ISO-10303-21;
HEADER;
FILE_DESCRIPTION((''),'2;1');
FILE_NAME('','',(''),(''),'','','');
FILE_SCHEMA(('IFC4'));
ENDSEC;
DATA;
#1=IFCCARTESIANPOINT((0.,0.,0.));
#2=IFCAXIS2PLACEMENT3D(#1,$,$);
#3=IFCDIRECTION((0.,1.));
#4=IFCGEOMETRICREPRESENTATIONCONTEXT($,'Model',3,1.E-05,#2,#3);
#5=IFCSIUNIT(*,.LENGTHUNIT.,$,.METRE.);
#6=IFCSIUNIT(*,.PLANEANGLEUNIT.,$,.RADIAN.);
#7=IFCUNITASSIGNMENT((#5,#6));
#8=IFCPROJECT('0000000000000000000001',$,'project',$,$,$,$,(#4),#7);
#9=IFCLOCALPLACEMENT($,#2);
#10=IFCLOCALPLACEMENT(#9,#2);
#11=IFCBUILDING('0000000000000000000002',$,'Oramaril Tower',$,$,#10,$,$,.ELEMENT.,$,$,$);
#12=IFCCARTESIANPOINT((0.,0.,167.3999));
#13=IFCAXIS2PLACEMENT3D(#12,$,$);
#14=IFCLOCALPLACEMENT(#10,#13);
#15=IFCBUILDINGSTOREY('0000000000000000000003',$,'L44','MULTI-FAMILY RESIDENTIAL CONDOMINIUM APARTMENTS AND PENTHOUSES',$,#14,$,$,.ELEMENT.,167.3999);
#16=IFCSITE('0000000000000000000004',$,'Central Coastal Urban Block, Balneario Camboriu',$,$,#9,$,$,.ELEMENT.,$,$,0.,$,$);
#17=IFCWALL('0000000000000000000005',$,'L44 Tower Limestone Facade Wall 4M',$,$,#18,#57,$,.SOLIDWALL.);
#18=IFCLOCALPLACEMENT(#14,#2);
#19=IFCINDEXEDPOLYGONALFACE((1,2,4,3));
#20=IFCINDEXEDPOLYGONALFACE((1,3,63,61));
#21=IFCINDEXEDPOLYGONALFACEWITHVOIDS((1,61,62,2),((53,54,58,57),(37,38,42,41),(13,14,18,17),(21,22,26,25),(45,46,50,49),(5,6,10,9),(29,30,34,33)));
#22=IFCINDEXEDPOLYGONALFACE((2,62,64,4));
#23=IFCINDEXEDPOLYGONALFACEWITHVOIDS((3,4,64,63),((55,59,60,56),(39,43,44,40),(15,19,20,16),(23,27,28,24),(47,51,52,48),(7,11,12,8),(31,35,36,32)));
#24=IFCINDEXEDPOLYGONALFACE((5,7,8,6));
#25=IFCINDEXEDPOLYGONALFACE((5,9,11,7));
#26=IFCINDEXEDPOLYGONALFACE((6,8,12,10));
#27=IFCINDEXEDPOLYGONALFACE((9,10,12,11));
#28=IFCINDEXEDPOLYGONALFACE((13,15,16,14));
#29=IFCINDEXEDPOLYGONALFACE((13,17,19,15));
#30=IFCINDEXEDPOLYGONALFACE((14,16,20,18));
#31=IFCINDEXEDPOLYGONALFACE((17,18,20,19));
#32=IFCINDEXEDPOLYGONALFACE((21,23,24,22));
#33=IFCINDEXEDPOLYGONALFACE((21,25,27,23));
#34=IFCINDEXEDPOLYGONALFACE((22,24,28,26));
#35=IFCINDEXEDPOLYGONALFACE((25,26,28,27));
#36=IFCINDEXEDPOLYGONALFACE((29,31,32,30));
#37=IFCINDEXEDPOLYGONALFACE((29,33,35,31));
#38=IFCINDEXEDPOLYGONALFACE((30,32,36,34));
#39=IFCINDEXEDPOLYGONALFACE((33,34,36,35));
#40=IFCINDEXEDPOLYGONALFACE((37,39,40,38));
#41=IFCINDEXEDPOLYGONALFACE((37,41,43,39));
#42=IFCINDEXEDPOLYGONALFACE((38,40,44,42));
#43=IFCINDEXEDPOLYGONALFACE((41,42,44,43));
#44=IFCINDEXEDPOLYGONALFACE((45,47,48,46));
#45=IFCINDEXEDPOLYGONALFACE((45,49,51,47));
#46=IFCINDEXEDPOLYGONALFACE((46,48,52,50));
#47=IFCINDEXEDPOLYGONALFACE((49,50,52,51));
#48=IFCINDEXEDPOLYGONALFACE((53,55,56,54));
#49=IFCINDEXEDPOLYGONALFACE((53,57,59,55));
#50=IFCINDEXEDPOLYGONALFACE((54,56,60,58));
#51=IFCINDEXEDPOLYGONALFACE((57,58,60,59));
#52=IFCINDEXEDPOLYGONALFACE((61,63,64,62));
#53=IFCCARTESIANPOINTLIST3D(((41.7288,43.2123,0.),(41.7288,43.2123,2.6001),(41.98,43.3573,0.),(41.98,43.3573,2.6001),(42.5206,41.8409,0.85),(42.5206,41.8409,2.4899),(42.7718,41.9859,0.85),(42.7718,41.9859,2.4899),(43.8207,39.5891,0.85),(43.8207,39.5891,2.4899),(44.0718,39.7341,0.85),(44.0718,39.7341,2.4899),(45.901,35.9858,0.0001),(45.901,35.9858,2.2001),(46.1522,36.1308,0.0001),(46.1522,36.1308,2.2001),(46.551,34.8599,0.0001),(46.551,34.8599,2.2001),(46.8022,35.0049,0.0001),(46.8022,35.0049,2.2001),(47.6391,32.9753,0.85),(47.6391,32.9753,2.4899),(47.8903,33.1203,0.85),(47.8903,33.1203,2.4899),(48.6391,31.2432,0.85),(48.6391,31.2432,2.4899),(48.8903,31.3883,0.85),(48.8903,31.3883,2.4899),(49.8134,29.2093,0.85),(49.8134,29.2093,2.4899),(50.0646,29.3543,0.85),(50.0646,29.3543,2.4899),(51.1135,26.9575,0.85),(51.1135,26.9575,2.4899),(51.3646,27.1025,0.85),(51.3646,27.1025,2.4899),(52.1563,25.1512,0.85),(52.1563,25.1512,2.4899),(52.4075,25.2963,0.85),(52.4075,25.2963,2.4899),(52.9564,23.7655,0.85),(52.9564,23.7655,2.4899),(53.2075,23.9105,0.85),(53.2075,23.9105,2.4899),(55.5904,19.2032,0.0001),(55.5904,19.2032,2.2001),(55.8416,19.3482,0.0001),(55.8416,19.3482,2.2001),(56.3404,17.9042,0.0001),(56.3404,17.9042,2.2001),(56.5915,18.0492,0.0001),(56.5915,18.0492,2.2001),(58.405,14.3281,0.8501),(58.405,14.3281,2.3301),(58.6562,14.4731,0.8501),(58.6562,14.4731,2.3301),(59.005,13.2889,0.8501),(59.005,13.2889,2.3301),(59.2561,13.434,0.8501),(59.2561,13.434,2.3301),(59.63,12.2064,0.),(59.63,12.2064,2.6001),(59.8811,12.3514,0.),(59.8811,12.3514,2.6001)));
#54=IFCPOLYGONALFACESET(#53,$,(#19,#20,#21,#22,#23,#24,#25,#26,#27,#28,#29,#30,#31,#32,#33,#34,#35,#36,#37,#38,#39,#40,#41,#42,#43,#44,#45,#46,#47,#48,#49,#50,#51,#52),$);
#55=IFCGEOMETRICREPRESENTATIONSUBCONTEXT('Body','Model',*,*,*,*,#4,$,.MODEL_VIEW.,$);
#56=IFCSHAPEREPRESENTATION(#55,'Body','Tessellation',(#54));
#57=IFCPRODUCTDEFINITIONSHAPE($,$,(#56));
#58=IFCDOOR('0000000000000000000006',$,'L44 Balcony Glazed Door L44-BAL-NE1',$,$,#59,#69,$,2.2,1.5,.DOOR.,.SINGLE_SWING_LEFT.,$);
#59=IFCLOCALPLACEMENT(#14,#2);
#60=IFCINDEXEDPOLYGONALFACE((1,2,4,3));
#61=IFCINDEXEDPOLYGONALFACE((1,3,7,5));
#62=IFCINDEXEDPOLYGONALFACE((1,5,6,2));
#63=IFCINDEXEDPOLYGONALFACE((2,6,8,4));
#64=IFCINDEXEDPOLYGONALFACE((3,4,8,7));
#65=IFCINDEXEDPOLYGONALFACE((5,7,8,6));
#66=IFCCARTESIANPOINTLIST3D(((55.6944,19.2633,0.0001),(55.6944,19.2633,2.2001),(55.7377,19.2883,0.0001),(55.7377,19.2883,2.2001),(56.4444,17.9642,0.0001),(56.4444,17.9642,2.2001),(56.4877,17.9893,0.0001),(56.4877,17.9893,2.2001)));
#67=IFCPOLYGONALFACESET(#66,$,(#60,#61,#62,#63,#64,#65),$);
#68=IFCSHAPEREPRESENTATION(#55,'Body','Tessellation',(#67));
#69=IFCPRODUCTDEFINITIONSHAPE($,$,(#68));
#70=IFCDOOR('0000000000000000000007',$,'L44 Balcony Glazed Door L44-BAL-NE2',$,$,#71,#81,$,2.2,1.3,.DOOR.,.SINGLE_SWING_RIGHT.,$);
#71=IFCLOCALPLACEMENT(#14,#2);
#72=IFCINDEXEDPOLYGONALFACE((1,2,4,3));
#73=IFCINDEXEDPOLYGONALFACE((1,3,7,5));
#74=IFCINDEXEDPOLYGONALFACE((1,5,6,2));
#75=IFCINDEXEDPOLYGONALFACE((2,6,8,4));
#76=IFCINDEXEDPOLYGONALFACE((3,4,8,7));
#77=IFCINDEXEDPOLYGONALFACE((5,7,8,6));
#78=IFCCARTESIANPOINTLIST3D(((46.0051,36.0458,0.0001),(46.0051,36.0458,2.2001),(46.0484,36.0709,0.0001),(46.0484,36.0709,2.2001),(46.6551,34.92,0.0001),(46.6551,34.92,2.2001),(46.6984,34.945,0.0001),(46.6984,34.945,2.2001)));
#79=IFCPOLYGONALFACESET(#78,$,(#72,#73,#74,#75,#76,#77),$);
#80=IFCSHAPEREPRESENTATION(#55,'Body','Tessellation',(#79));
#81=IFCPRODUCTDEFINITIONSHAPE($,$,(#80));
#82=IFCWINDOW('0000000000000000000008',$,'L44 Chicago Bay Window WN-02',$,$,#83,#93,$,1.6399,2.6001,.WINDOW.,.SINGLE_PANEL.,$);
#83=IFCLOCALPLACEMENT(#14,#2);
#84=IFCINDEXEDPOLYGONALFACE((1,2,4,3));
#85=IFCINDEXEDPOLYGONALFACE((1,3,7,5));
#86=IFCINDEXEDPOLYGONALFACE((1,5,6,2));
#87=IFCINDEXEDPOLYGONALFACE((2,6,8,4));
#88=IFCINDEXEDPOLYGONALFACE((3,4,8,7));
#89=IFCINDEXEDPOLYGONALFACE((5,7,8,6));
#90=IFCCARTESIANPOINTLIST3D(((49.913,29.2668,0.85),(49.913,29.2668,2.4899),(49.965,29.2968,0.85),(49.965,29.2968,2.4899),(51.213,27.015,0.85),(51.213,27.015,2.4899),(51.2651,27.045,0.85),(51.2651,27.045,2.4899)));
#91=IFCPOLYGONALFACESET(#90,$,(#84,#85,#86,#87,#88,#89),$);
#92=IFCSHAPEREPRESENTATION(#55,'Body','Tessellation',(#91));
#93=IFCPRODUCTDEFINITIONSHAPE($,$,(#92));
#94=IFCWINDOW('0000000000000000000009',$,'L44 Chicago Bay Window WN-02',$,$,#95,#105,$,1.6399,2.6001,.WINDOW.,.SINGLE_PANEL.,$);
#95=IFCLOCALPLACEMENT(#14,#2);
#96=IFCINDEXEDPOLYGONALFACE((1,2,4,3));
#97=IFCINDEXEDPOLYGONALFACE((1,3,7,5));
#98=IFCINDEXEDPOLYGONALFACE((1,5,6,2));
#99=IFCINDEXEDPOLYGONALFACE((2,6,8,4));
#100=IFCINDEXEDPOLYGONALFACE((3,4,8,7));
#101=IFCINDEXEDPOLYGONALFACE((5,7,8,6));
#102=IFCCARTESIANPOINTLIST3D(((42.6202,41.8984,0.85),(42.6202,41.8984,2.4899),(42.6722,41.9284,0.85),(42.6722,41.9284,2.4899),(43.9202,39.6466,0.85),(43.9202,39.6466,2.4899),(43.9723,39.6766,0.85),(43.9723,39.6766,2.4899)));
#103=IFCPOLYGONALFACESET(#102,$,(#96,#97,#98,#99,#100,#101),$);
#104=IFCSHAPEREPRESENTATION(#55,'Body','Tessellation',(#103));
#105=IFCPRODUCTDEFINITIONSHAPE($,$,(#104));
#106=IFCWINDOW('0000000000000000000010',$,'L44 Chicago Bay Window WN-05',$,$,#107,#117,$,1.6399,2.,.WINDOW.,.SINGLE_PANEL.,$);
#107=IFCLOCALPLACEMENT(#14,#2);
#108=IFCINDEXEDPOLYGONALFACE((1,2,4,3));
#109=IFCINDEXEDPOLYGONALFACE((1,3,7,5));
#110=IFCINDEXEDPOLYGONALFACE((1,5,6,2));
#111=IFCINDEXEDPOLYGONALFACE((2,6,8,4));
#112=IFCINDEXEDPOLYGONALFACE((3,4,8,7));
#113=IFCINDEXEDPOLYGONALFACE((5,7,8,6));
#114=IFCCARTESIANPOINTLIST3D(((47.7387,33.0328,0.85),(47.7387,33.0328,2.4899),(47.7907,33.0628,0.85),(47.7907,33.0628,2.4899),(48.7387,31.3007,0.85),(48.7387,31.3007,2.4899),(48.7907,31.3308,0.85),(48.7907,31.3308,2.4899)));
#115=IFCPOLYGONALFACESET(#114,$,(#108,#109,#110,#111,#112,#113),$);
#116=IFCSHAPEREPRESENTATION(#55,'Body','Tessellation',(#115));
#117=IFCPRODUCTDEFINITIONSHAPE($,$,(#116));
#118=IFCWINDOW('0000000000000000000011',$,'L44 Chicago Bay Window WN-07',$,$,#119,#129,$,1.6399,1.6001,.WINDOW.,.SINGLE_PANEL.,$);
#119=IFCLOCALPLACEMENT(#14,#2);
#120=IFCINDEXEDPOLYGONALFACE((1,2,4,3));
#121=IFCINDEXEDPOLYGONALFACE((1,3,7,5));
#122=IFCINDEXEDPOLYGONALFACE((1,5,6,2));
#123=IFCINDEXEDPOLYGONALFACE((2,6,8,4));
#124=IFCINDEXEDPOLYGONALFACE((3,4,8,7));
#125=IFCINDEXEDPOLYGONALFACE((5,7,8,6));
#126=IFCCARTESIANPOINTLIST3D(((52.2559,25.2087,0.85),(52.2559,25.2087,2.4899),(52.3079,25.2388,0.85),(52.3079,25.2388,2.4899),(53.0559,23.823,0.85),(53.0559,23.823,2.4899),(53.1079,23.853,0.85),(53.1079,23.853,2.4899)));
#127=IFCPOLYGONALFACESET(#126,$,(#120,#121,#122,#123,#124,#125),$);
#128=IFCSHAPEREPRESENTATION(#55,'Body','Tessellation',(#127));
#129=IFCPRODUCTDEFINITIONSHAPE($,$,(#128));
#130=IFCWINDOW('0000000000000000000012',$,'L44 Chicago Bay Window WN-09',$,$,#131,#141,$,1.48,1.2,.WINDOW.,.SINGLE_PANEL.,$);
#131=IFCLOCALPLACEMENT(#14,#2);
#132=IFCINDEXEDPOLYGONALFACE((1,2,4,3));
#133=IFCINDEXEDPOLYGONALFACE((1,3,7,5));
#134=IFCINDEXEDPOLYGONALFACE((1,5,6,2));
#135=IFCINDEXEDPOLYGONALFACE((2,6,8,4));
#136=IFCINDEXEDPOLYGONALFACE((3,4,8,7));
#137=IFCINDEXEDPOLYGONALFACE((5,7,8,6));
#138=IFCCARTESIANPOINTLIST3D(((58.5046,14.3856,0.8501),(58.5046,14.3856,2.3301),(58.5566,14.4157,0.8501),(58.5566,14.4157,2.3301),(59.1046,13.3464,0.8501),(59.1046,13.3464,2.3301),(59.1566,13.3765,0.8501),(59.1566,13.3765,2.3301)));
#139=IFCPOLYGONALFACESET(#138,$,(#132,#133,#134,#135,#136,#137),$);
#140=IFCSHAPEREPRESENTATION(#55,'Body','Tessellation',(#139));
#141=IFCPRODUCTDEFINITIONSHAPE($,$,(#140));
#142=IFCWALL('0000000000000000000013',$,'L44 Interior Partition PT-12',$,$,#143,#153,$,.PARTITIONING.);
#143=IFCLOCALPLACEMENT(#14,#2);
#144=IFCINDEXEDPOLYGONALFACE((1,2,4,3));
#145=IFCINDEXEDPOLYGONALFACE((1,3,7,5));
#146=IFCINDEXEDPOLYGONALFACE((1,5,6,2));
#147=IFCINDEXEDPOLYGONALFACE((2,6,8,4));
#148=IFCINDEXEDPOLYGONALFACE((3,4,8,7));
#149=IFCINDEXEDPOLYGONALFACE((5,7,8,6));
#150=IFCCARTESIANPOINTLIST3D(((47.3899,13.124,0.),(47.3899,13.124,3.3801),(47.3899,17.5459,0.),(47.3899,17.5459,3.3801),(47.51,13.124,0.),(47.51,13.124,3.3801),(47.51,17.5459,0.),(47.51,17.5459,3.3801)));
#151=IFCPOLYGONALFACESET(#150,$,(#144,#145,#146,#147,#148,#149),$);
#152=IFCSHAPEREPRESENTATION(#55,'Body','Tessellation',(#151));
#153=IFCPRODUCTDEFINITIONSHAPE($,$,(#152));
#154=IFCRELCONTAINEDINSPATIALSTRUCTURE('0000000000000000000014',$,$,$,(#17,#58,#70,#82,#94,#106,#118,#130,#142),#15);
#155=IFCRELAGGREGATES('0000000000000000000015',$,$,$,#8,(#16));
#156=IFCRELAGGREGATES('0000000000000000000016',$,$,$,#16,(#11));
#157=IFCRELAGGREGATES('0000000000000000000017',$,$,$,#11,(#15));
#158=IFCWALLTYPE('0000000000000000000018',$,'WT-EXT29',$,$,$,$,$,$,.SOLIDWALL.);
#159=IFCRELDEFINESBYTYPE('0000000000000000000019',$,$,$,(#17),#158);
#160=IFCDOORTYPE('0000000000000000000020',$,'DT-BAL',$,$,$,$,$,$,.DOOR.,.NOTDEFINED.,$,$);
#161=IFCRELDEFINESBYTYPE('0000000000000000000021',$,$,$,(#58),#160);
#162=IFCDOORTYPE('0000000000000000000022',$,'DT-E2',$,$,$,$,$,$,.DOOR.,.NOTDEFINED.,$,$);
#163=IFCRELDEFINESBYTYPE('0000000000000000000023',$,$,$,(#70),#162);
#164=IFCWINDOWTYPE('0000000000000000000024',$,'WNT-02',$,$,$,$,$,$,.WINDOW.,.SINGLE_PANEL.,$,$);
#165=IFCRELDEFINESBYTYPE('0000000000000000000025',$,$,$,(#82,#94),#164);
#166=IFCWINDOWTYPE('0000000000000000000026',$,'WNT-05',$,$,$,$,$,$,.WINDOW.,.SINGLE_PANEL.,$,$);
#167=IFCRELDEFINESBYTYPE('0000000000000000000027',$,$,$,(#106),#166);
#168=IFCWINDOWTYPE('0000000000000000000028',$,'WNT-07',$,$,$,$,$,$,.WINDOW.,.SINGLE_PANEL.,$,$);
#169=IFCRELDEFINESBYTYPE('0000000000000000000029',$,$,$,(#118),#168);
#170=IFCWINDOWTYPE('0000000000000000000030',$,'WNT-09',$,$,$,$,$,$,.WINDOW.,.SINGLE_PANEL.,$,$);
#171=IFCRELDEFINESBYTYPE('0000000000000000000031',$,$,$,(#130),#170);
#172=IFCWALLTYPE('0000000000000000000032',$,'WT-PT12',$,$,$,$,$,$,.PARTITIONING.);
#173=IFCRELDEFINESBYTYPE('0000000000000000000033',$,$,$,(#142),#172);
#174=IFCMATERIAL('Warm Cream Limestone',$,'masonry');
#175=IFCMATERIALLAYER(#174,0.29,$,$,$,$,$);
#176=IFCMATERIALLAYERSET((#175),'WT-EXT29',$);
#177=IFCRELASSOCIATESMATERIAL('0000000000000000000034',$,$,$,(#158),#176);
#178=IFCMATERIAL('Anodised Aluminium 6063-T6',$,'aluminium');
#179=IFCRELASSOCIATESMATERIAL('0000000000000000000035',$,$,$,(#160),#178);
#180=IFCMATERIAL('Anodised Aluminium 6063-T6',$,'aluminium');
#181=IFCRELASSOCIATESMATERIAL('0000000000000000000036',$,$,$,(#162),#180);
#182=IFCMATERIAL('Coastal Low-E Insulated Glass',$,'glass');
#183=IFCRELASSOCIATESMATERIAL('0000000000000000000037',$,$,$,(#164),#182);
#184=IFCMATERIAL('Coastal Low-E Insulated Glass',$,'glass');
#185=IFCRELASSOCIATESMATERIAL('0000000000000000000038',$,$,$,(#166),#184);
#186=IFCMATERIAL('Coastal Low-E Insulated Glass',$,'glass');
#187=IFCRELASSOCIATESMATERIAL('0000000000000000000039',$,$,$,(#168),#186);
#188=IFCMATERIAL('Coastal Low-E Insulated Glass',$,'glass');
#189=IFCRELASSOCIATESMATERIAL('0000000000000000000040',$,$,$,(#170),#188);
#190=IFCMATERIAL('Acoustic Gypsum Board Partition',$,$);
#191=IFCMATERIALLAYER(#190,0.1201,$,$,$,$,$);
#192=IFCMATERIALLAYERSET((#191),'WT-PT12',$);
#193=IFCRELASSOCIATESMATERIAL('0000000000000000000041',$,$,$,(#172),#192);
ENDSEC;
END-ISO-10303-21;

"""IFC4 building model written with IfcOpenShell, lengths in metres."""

from ifc_helpers import new_model, si_unit, direction, frame, frame_2d, origin, place, context, subcontext, project, spatial, rectangle, extrude, material, layer, layer_set, type_object, element, fill, save


model = new_model("IFC4")

# Units and contexts
model_context = context("Model", 3, precision=1e-05, world=origin(), true_north=direction((0.0, 1.0)))
body_context = subcontext(model_context, "Body", "Model", "MODEL_VIEW")
ifc_project = project(units=[si_unit("LENGTHUNIT", "METRE"), si_unit("PLANEANGLEUNIT", "RADIAN")], contexts=[model_context])

# Site, building, storey
site_placement = place(None, origin())
site = spatial("IfcSite", under=ifc_project, at=site_placement, Name="Central Coastal Urban Block, Balneario Camboriu", CompositionType="ELEMENT", RefElevation=0.0)
building_placement = place(site_placement, origin())
building = spatial("IfcBuilding", under=site, at=building_placement, Name="Oramaril Tower", CompositionType="ELEMENT")
storey_placement = place(building_placement, frame((0.0, 0.0, 167.3999)))
storey = spatial("IfcBuildingStorey", under=building, at=storey_placement, Name="L44", Description="MULTI-FAMILY RESIDENTIAL CONDOMINIUM APARTMENTS AND PENTHOUSES", CompositionType="ELEMENT", Elevation=167.3999)

# Wall, openings, doors, windows
ifc_material_1 = material(Name="Warm Cream Limestone", Category="masonry")
ifc_layer_1 = layer(ifc_material_1, 0.29)
ifc_layer_set_1 = layer_set([ifc_layer_1], Name="WT-EXT29")
wall_type_1 = type_object("IfcWallType", Name="WT-EXT29", PredefinedType="SOLIDWALL", material=ifc_layer_set_1)
wall_1_placement = place(storey_placement, frame((59.7556, 12.2788, 0.0), z_axis=(0.0, 0.0, 1.0), x_axis=(-0.499998, 0.866027, 0.0)))
wall_1 = element("IfcWall", 1, at=wall_1_placement, inside=storey, type_object=wall_type_1, Name="L44 Tower Limestone Facade Wall 4M", PredefinedType="SOLIDWALL", context=body_context, shape_type="SweptSolid", body=[
    extrude(rectangle(XDim=35.8025, YDim=0.29, at=frame_2d((17.9014, 0.0))), origin(), (0.0, 0.0, 1.0), 2.6001),
])
opening_1_placement = place(wall_1_placement, frame((6.5793, 0.0, 0.0)))
opening_1 = element("IfcOpeningElement", 2, at=opening_1_placement, cuts=wall_1, PredefinedType="OPENING", context=body_context, shape_type="SweptSolid", body=[
    extrude(rectangle(XDim=1.5, YDim=2.2, at=frame_2d((0.75, 1.1001))), frame((0.0, 0.145, 0.0), z_axis=(0.0, -1.0, 0.0), x_axis=(1.0, 0.0, 0.0)), (0.0, 0.0, 1.0), 0.29),
])
opening_2_placement = place(wall_1_placement, frame((26.1582, 0.0, 0.0)))
opening_2 = element("IfcOpeningElement", 3, at=opening_2_placement, cuts=wall_1, PredefinedType="OPENING", context=body_context, shape_type="SweptSolid", body=[
    extrude(rectangle(XDim=1.3, YDim=2.2, at=frame_2d((0.6499, 1.1001))), frame((0.0, 0.145, 0.0), z_axis=(0.0, -1.0, 0.0), x_axis=(1.0, 0.0, 0.0)), (0.0, 0.0, 1.0), 0.29),
])
opening_3_placement = place(wall_1_placement, frame((1.25, 0.0, 0.8501)))
opening_3 = element("IfcOpeningElement", 4, at=opening_3_placement, cuts=wall_1, PredefinedType="OPENING", context=body_context, shape_type="SweptSolid", body=[
    extrude(rectangle(XDim=1.2, YDim=1.48, at=frame_2d((0.6001, 0.74))), frame((0.0, 0.145, 0.0), z_axis=(0.0, -1.0, 0.0), x_axis=(1.0, 0.0, 0.0)), (0.0, 0.0, 1.0), 0.29),
])
opening_4_placement = place(wall_1_placement, frame((17.0332, 0.0, 0.8501)))
opening_4 = element("IfcOpeningElement", 5, at=opening_4_placement, cuts=wall_1, PredefinedType="OPENING", context=body_context, shape_type="SweptSolid", body=[
    extrude(rectangle(XDim=2.6001, YDim=1.6399, at=frame_2d((1.3, 0.8198))), frame((0.0, 0.145, 0.0), z_axis=(0.0, -1.0, 0.0), x_axis=(1.0, 0.0, 0.0)), (0.0, 0.0, 1.0), 0.29),
])
opening_5_placement = place(wall_1_placement, frame((21.9819, 0.0, 0.8501)))
opening_5 = element("IfcOpeningElement", 6, at=opening_5_placement, cuts=wall_1, PredefinedType="OPENING", context=body_context, shape_type="SweptSolid", body=[
    extrude(rectangle(XDim=2.0, YDim=1.6399, at=frame_2d((1.0, 0.8198))), frame((0.0, 0.145, 0.0), z_axis=(0.0, -1.0, 0.0), x_axis=(1.0, 0.0, 0.0)), (0.0, 0.0, 1.0), 0.29),
])
opening_6_placement = place(wall_1_placement, frame((13.3474, 0.0, 0.8501)))
opening_6 = element("IfcOpeningElement", 7, at=opening_6_placement, cuts=wall_1, PredefinedType="OPENING", context=body_context, shape_type="SweptSolid", body=[
    extrude(rectangle(XDim=1.6001, YDim=1.6399, at=frame_2d((0.8, 0.8198))), frame((0.0, 0.145, 0.0), z_axis=(0.0, -1.0, 0.0), x_axis=(1.0, 0.0, 0.0)), (0.0, 0.0, 1.0), 0.29),
])
opening_7_placement = place(wall_1_placement, frame((31.6189, 0.0, 0.8501)))
opening_7 = element("IfcOpeningElement", 8, at=opening_7_placement, cuts=wall_1, PredefinedType="OPENING", context=body_context, shape_type="SweptSolid", body=[
    extrude(rectangle(XDim=2.6001, YDim=1.6399, at=frame_2d((1.3, 0.8198))), frame((0.0, 0.145, 0.0), z_axis=(0.0, -1.0, 0.0), x_axis=(1.0, 0.0, 0.0)), (0.0, 0.0, 1.0), 0.29),
])
ifc_material_2 = material(Name="Anodised Aluminium 6063-T6", Category="aluminium")
door_type_1 = type_object("IfcDoorType", Name="DT-BAL", OperationType="NOTDEFINED", PredefinedType="DOOR", material=ifc_material_2)
door_1_placement = place(opening_1_placement, origin())
door_1 = element("IfcDoor", 9, at=door_1_placement, inside=storey, type_object=door_type_1, Name="L44 Balcony Glazed Door L44-BAL-NE1", OperationType="SINGLE_SWING_LEFT", OverallHeight=2.2, OverallWidth=1.5, PredefinedType="DOOR", context=body_context, shape_type="SweptSolid", body=[
    extrude(rectangle(XDim=1.5, YDim=2.2, at=frame_2d((0.75, 1.1001))), frame((0.0, 0.0249, 0.0), z_axis=(0.0, -1.0, 0.0), x_axis=(1.0, 0.0, 0.0)), (0.0, 0.0, 1.0), 0.05),
])
fill(opening_1, door_1)
ifc_material_3 = material(Name="Anodised Aluminium 6063-T6", Category="aluminium")
door_type_2 = type_object("IfcDoorType", Name="DT-E2", OperationType="NOTDEFINED", PredefinedType="DOOR", material=ifc_material_3)
door_2_placement = place(opening_2_placement, origin())
door_2 = element("IfcDoor", 10, at=door_2_placement, inside=storey, type_object=door_type_2, Name="L44 Balcony Glazed Door L44-BAL-NE2", OperationType="SINGLE_SWING_RIGHT", OverallHeight=2.2, OverallWidth=1.3, PredefinedType="DOOR", context=body_context, shape_type="SweptSolid", body=[
    extrude(rectangle(XDim=1.3, YDim=2.2, at=frame_2d((0.6499, 1.1001))), frame((0.0, 0.0249, 0.0), z_axis=(0.0, -1.0, 0.0), x_axis=(1.0, 0.0, 0.0)), (0.0, 0.0, 1.0), 0.05),
])
fill(opening_2, door_2)
ifc_material_4 = material(Name="Coastal Low-E Insulated Glass", Category="glass")
window_type_1 = type_object("IfcWindowType", Name="WNT-02", PartitioningType="SINGLE_PANEL", PredefinedType="WINDOW", material=ifc_material_4)
window_1_placement = place(opening_4_placement, origin())
window_1 = element("IfcWindow", 11, at=window_1_placement, inside=storey, type_object=window_type_1, Name="L44 Chicago Bay Window WN-02", OverallHeight=1.6399, OverallWidth=2.6001, PartitioningType="SINGLE_PANEL", PredefinedType="WINDOW", context=body_context, shape_type="SweptSolid", body=[
    extrude(rectangle(XDim=2.6001, YDim=1.6399, at=frame_2d((1.3, 0.8198))), frame((0.0, 0.03, 0.0), z_axis=(0.0, -1.0, 0.0), x_axis=(1.0, 0.0, 0.0)), (0.0, 0.0, 1.0), 0.0601),
])
fill(opening_4, window_1)
window_2_placement = place(opening_7_placement, origin())
window_2 = element("IfcWindow", 12, at=window_2_placement, inside=storey, type_object=window_type_1, Name="L44 Chicago Bay Window WN-02", OverallHeight=1.6399, OverallWidth=2.6001, PartitioningType="SINGLE_PANEL", PredefinedType="WINDOW", context=body_context, shape_type="SweptSolid", body=[
    extrude(rectangle(XDim=2.6001, YDim=1.6399, at=frame_2d((1.3, 0.8198))), frame((0.0, 0.03, 0.0), z_axis=(0.0, -1.0, 0.0), x_axis=(1.0, 0.0, 0.0)), (0.0, 0.0, 1.0), 0.0601),
])
fill(opening_7, window_2)
ifc_material_5 = material(Name="Coastal Low-E Insulated Glass", Category="glass")
window_type_2 = type_object("IfcWindowType", Name="WNT-05", PartitioningType="SINGLE_PANEL", PredefinedType="WINDOW", material=ifc_material_5)
window_3_placement = place(opening_5_placement, origin())
window_3 = element("IfcWindow", 13, at=window_3_placement, inside=storey, type_object=window_type_2, Name="L44 Chicago Bay Window WN-05", OverallHeight=1.6399, OverallWidth=2.0, PartitioningType="SINGLE_PANEL", PredefinedType="WINDOW", context=body_context, shape_type="SweptSolid", body=[
    extrude(rectangle(XDim=2.0, YDim=1.6399, at=frame_2d((1.0, 0.8198))), frame((0.0, 0.03, 0.0), z_axis=(0.0, -1.0, 0.0), x_axis=(1.0, 0.0, 0.0)), (0.0, 0.0, 1.0), 0.0601),
])
fill(opening_5, window_3)
ifc_material_6 = material(Name="Coastal Low-E Insulated Glass", Category="glass")
window_type_3 = type_object("IfcWindowType", Name="WNT-07", PartitioningType="SINGLE_PANEL", PredefinedType="WINDOW", material=ifc_material_6)
window_4_placement = place(opening_6_placement, origin())
window_4 = element("IfcWindow", 14, at=window_4_placement, inside=storey, type_object=window_type_3, Name="L44 Chicago Bay Window WN-07", OverallHeight=1.6399, OverallWidth=1.6001, PartitioningType="SINGLE_PANEL", PredefinedType="WINDOW", context=body_context, shape_type="SweptSolid", body=[
    extrude(rectangle(XDim=1.6001, YDim=1.6399, at=frame_2d((0.8, 0.8198))), frame((0.0, 0.03, 0.0), z_axis=(0.0, -1.0, 0.0), x_axis=(1.0, 0.0, 0.0)), (0.0, 0.0, 1.0), 0.0601),
])
fill(opening_6, window_4)
ifc_material_7 = material(Name="Coastal Low-E Insulated Glass", Category="glass")
window_type_4 = type_object("IfcWindowType", Name="WNT-09", PartitioningType="SINGLE_PANEL", PredefinedType="WINDOW", material=ifc_material_7)
window_5_placement = place(opening_3_placement, origin())
window_5 = element("IfcWindow", 15, at=window_5_placement, inside=storey, type_object=window_type_4, Name="L44 Chicago Bay Window WN-09", OverallHeight=1.48, OverallWidth=1.2, PartitioningType="SINGLE_PANEL", PredefinedType="WINDOW", context=body_context, shape_type="SweptSolid", body=[
    extrude(rectangle(XDim=1.2, YDim=1.48, at=frame_2d((0.6001, 0.74))), frame((0.0, 0.03, 0.0), z_axis=(0.0, -1.0, 0.0), x_axis=(1.0, 0.0, 0.0)), (0.0, 0.0, 1.0), 0.0601),
])
fill(opening_3, window_5)

# Wall
ifc_material_8 = material(Name="Acoustic Gypsum Board Partition")
ifc_layer_2 = layer(ifc_material_8, 0.1201)
ifc_layer_set_2 = layer_set([ifc_layer_2], Name="WT-PT12")
wall_type_2 = type_object("IfcWallType", Name="WT-PT12", PredefinedType="PARTITIONING", material=ifc_layer_set_2)
wall_2_placement = place(storey_placement, frame((47.45, 13.124, 0.0), z_axis=(0.0, 0.0, 1.0), x_axis=(0.0, 1.0, 0.0)))
element("IfcWall", 16, at=wall_2_placement, inside=storey, type_object=wall_type_2, Name="L44 Interior Partition PT-12", PredefinedType="PARTITIONING", context=body_context, shape_type="SweptSolid", body=[
    extrude(rectangle(XDim=4.4219, YDim=0.1201, at=frame_2d((2.2109, 0.0))), origin(), (0.0, 0.0, 1.0), 3.3801),
])

save(model, "model.ifc")
